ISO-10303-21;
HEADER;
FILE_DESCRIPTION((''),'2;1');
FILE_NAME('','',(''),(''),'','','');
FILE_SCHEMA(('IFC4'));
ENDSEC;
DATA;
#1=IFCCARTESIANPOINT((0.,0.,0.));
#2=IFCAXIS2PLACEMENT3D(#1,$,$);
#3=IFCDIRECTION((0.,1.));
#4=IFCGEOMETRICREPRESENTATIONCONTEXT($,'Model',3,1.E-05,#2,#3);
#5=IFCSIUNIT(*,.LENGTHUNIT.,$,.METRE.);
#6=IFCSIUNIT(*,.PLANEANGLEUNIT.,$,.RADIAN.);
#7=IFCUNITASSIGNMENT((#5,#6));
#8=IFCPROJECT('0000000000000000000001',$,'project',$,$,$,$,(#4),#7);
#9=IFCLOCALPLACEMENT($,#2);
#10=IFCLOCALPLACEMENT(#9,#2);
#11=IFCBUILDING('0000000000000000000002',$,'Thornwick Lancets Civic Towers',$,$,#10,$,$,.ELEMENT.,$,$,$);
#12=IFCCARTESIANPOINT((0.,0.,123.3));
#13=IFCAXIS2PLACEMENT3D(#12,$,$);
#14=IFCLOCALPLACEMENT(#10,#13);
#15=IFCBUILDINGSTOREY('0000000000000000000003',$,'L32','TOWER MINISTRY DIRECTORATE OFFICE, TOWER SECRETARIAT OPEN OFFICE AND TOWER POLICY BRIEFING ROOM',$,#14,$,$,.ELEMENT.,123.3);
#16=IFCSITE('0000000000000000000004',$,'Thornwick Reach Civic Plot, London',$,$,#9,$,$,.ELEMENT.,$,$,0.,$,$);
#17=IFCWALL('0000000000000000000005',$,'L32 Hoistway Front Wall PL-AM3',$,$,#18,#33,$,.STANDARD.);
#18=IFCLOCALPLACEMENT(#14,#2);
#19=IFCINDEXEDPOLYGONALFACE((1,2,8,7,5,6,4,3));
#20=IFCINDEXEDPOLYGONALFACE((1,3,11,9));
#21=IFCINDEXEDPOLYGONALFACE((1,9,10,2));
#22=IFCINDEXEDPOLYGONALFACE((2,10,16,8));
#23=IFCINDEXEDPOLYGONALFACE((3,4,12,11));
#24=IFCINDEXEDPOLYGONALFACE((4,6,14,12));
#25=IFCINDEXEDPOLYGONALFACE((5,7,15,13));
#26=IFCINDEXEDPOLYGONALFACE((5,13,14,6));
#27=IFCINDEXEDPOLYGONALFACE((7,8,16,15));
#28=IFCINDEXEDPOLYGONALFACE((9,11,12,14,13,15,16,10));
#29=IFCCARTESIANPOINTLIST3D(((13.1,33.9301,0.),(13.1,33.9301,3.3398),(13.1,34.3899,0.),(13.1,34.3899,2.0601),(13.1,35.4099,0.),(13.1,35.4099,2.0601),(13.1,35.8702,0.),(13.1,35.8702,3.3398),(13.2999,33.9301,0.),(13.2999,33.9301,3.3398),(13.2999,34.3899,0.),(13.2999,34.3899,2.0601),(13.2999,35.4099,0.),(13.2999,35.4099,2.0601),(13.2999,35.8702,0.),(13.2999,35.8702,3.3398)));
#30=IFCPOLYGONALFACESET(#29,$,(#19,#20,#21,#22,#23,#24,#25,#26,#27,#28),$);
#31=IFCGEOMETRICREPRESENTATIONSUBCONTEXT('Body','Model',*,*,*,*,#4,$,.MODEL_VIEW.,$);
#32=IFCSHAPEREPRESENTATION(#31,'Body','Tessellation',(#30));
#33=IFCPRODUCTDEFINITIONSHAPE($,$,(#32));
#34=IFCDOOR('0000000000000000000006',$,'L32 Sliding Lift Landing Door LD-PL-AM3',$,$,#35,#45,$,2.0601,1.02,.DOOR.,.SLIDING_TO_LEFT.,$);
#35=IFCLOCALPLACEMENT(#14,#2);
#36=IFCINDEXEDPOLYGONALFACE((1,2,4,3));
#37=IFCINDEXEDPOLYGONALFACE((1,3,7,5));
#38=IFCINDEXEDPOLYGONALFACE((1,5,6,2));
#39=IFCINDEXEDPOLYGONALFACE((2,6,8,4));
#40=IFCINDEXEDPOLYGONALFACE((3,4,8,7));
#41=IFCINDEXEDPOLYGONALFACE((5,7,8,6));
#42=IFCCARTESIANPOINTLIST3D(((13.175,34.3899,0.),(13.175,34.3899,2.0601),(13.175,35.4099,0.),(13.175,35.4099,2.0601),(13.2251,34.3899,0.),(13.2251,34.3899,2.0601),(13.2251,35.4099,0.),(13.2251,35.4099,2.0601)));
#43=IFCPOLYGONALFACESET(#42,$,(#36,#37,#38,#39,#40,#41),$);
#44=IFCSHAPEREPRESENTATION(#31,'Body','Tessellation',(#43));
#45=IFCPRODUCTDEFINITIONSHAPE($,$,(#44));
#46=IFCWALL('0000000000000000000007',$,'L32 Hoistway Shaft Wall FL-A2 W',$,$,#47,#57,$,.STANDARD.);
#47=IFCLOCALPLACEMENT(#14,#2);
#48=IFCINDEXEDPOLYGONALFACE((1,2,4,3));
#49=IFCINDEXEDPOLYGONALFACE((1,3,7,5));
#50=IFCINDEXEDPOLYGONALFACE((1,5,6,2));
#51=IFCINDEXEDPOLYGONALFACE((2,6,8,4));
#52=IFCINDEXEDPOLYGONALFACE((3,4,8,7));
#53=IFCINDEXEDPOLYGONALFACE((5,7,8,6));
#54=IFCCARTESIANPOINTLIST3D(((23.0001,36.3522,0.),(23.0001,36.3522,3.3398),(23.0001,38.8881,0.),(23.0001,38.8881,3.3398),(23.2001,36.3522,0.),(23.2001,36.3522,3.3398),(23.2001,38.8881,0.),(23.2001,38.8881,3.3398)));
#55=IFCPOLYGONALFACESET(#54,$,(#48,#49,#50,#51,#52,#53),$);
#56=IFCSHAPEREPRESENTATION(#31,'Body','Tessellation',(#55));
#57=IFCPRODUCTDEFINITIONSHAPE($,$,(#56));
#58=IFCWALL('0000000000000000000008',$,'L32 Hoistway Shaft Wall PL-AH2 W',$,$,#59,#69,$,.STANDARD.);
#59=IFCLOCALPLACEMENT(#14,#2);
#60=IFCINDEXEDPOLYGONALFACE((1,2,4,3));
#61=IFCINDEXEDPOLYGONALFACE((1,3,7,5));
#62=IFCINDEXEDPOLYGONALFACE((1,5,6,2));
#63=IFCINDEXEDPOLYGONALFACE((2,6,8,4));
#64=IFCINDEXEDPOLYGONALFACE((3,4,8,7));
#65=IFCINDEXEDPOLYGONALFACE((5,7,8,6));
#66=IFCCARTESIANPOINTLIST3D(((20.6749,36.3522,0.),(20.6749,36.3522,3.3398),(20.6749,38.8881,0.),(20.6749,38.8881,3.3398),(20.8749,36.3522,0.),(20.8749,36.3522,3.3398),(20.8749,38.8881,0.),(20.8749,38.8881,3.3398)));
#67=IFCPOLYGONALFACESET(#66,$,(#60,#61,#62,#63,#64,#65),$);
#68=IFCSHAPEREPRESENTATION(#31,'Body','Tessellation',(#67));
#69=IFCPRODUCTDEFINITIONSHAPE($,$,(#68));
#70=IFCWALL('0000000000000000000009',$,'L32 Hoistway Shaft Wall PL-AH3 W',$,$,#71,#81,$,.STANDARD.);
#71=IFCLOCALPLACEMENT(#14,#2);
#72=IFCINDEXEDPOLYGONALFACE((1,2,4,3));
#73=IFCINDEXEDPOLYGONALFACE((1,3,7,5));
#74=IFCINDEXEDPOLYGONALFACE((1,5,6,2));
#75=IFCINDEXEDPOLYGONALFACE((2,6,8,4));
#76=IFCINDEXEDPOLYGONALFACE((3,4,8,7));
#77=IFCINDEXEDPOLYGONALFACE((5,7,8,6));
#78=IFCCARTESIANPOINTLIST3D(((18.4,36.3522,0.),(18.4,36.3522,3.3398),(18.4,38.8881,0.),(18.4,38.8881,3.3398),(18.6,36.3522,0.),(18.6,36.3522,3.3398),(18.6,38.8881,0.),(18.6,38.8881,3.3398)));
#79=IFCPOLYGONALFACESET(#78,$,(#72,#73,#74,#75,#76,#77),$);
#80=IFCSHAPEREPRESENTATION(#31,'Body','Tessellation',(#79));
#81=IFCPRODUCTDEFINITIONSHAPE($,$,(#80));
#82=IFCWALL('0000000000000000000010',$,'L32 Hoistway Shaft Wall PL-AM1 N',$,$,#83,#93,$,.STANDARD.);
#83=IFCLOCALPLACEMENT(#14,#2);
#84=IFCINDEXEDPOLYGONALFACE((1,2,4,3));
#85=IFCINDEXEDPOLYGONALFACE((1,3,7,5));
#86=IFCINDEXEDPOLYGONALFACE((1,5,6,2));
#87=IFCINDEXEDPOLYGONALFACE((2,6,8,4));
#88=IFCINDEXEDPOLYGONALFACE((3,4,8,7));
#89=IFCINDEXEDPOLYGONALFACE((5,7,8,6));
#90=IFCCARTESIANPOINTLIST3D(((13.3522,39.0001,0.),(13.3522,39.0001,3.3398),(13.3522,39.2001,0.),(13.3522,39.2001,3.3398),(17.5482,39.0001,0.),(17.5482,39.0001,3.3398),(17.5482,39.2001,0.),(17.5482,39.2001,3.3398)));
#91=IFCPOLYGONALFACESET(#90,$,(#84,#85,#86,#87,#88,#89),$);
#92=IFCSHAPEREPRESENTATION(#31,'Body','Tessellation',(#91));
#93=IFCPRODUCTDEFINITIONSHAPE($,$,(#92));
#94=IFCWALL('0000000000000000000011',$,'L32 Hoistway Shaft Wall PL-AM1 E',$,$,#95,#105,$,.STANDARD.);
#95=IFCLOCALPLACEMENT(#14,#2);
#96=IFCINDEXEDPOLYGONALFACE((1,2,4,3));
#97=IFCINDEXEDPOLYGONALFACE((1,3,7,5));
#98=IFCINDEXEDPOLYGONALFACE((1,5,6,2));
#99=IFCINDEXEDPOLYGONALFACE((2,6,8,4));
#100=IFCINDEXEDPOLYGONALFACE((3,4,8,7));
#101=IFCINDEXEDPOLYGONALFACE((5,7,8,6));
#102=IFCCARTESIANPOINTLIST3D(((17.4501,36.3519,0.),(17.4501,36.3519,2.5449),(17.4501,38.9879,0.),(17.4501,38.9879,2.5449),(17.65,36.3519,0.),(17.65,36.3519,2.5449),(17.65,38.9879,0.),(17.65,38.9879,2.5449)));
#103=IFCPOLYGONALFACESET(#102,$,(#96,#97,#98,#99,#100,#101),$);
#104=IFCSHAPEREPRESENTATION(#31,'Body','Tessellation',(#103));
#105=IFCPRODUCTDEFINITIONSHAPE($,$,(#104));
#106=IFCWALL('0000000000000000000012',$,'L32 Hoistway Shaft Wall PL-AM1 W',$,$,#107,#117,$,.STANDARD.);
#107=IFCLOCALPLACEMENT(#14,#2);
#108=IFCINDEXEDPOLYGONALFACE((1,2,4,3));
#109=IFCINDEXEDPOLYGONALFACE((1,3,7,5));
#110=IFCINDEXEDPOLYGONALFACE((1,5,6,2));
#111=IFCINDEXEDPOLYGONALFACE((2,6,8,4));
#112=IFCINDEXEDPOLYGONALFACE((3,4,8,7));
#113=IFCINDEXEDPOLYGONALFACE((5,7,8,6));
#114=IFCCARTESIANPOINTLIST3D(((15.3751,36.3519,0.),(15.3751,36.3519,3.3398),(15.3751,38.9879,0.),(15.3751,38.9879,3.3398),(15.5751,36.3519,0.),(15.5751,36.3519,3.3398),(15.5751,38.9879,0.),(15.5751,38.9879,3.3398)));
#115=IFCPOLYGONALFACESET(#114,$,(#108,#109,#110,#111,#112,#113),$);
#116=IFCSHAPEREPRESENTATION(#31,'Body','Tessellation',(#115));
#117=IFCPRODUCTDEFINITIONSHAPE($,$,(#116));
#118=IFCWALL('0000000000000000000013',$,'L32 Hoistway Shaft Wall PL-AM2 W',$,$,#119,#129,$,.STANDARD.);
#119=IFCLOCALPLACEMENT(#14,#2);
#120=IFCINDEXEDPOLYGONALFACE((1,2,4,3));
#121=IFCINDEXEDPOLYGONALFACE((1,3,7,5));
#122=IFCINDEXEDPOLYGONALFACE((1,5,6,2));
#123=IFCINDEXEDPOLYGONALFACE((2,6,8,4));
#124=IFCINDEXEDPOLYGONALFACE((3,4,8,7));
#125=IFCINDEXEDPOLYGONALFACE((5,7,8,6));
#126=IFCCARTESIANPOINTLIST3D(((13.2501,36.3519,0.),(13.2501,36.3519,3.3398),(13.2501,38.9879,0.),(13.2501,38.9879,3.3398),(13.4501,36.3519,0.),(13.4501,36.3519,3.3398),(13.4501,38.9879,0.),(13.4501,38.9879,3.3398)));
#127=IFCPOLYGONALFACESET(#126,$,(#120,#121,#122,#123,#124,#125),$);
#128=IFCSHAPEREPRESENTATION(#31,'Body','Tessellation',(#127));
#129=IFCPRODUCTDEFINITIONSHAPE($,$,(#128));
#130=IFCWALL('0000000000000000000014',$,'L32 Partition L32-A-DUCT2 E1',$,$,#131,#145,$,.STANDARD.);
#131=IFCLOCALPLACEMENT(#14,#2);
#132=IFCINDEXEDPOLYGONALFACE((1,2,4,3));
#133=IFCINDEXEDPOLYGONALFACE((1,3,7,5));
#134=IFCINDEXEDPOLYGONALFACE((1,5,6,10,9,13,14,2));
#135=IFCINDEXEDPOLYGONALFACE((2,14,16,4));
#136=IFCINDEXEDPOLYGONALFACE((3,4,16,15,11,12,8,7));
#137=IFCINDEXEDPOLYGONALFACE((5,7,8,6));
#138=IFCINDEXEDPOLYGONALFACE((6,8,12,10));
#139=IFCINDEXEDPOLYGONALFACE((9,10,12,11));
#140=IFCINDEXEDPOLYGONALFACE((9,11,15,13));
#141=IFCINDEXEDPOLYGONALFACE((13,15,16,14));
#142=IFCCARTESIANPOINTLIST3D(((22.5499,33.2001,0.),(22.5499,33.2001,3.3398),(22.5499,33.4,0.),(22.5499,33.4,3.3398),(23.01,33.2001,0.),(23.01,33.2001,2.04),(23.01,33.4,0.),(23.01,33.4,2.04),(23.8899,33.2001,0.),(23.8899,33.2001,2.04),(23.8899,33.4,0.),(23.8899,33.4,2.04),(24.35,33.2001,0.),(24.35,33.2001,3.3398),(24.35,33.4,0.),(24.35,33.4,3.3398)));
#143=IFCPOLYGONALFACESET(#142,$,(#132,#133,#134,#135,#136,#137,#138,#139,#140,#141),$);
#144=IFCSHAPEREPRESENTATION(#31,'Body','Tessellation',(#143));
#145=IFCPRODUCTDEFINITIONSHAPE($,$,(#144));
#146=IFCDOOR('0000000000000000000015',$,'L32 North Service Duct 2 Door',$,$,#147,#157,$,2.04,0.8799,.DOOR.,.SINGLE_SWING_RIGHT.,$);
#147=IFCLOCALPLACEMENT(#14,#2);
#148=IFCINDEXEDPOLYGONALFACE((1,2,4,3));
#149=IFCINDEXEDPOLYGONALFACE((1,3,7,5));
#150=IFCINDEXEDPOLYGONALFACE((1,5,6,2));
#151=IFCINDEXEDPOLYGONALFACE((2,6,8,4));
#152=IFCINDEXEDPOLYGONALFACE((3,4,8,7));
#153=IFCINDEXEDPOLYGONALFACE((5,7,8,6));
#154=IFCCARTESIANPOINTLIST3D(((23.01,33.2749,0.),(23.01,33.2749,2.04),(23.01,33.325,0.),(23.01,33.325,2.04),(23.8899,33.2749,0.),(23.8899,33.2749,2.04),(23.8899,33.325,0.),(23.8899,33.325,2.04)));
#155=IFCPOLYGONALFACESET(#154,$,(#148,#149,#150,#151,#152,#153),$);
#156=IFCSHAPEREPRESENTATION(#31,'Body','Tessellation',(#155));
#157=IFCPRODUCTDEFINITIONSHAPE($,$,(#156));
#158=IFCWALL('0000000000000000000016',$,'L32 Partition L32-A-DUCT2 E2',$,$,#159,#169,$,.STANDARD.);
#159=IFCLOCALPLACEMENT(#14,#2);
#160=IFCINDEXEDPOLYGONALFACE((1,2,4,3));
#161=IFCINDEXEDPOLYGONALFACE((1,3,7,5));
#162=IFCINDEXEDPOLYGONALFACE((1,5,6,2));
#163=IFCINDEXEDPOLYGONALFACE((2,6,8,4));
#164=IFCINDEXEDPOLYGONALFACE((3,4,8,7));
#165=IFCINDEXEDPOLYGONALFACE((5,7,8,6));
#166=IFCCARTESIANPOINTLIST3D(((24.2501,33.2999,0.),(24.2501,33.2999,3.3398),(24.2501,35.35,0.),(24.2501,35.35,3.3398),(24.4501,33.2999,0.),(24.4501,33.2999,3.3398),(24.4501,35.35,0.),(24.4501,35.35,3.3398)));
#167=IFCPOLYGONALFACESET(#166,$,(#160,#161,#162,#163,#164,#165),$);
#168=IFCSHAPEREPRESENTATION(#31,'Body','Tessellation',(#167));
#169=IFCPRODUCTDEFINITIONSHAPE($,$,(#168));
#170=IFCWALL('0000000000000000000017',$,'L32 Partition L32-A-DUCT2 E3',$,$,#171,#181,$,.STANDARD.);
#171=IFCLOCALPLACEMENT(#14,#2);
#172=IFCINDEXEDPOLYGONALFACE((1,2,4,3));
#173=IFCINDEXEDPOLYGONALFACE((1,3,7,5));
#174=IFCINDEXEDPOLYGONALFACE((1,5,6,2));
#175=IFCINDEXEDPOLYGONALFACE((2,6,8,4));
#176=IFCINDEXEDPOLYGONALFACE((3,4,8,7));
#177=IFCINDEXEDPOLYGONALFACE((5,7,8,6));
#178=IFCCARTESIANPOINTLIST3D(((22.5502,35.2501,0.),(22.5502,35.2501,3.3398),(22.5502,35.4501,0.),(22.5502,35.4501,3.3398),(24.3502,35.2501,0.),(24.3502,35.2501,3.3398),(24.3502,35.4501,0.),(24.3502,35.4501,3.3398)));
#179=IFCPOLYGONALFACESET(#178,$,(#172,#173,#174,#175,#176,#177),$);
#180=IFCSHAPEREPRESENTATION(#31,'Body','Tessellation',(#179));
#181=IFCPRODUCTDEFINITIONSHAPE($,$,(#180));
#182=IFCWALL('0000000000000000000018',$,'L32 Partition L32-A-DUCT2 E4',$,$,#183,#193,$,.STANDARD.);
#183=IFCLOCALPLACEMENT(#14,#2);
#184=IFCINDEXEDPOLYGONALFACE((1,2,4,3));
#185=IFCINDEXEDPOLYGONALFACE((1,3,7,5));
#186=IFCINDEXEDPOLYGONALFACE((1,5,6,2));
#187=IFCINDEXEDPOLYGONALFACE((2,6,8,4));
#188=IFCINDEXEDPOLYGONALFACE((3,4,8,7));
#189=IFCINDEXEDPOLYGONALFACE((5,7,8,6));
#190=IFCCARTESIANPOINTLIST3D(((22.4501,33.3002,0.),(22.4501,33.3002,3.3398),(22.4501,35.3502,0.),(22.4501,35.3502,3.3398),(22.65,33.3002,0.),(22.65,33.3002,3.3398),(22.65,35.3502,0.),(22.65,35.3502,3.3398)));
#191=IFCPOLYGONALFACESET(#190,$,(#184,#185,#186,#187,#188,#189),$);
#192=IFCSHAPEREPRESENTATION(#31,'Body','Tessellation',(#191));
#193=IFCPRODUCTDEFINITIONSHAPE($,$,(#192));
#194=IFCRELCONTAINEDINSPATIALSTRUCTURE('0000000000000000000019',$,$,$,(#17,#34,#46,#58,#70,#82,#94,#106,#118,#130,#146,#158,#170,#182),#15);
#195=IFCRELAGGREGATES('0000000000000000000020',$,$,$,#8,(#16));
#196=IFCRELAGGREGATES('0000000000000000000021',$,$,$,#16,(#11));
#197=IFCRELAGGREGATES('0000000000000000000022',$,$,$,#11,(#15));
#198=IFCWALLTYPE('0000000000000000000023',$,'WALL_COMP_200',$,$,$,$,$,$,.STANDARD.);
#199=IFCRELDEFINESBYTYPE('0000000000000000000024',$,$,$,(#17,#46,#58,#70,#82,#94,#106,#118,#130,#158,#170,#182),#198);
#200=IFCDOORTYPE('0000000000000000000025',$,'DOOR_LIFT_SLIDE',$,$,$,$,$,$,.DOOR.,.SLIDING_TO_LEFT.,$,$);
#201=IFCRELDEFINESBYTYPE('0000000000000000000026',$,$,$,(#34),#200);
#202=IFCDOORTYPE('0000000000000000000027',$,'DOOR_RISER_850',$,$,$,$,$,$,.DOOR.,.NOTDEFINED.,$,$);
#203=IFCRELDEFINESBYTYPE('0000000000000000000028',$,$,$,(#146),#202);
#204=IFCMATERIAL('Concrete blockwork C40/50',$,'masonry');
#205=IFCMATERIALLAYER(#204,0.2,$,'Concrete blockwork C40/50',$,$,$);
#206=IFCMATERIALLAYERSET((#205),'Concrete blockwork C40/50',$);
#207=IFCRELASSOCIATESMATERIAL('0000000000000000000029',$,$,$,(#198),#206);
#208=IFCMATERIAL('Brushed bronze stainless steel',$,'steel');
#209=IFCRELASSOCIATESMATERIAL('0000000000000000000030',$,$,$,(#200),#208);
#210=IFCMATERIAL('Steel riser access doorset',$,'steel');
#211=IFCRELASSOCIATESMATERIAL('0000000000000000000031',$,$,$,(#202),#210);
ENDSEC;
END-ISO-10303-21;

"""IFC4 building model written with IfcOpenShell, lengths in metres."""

from ifc_helpers import new_model, si_unit, direction, frame, frame_2d, origin, place, context, subcontext, project, spatial, rectangle, extrude, material, layer, layer_set, type_object, element, fill, save


model = new_model("IFC4")

# Units and contexts
model_context = context("Model", 3, precision=1e-05, world=origin(), true_north=direction((0.0, 1.0)))
body_context = subcontext(model_context, "Body", "Model", "MODEL_VIEW")
ifc_project = project(units=[si_unit("LENGTHUNIT", "METRE"), si_unit("PLANEANGLEUNIT", "RADIAN")], contexts=[model_context])

# Site, building, storey
site_placement = place(None, origin())
site = spatial("IfcSite", under=ifc_project, at=site_placement, Name="Thornwick Reach Civic Plot, London", CompositionType="ELEMENT", RefElevation=0.0)
building_placement = place(site_placement, origin())
building = spatial("IfcBuilding", under=site, at=building_placement, Name="Thornwick Lancets Civic Towers", CompositionType="ELEMENT")
storey_placement = place(building_placement, frame((0.0, 0.0, 123.3)))
storey = spatial("IfcBuildingStorey", under=building, at=storey_placement, Name="L32", Description="TOWER MINISTRY DIRECTORATE OFFICE, TOWER SECRETARIAT OPEN OFFICE AND TOWER POLICY BRIEFING ROOM", CompositionType="ELEMENT", Elevation=123.3)

# Shared definitions
ifc_material_1 = material(Name="Concrete blockwork C40/50", Category="masonry")
ifc_layer_1 = layer(ifc_material_1, 0.2, Name="Concrete blockwork C40/50")
ifc_layer_set_1 = layer_set([ifc_layer_1], Name="Concrete blockwork C40/50")
wall_type_1 = type_object("IfcWallType", Name="WALL_COMP_200", PredefinedType="STANDARD", material=ifc_layer_set_1)

# Wall, opening, door
ifc_material_2 = material(Name="Brushed bronze stainless steel", Category="steel")
door_type_1 = type_object("IfcDoorType", Name="DOOR_LIFT_SLIDE", OperationType="SLIDING_TO_LEFT", PredefinedType="DOOR", material=ifc_material_2)
wall_1_placement = place(storey_placement, frame((13.2, 33.9299, 0.0), z_axis=(0.0, 0.0, 1.0), x_axis=(0.0, 1.0, 0.0)))
wall_1 = element("IfcWall", 1, at=wall_1_placement, inside=storey, type_object=wall_type_1, Name="L32 Hoistway Front Wall PL-AM3", PredefinedType="STANDARD", context=body_context, shape_type="SweptSolid", body=[
    extrude(rectangle(XDim=1.9402, YDim=0.2, at=frame_2d((0.9702, 0.0))), origin(), (0.0, 0.0, 1.0), 3.3398),
])
opening_1_placement = place(wall_1_placement, frame((0.46, 0.0, 0.0)))
opening_1 = element("IfcOpeningElement", 2, at=opening_1_placement, cuts=wall_1, PredefinedType="OPENING", context=body_context, shape_type="SweptSolid", body=[
    extrude(rectangle(XDim=1.02, YDim=2.0601, at=frame_2d((0.51, 1.03))), frame((0.0, 0.1099, 0.0), z_axis=(0.0, -1.0, 0.0), x_axis=(1.0, 0.0, 0.0)), (0.0, 0.0, 1.0), 0.22),
])
door_1_placement = place(opening_1_placement, origin())
door_1 = element("IfcDoor", 3, at=door_1_placement, inside=storey, type_object=door_type_1, Name="L32 Sliding Lift Landing Door LD-PL-AM3", OperationType="SLIDING_TO_LEFT", OverallHeight=2.0601, OverallWidth=1.02, PredefinedType="DOOR", context=body_context, shape_type="SweptSolid", body=[
    extrude(rectangle(XDim=1.02, YDim=2.0601, at=frame_2d((0.51, 1.03))), frame((0.0, 0.0249, 0.0), z_axis=(0.0, -1.0, 0.0), x_axis=(1.0, 0.0, 0.0)), (0.0, 0.0, 1.0), 0.05),
])
fill(opening_1, door_1)

# Walls
for number, where, z_axis, x_axis, name in (
    (4, (23.1001, 36.3521, 0.0), (0.0, 0.0, 1.0), (0.0, 1.0, 0.0), "L32 Hoistway Shaft Wall FL-A2 W"),
    (5, (20.7749, 36.3521, 0.0), (0.0, 0.0, 1.0), (0.0, 1.0, 0.0), "L32 Hoistway Shaft Wall PL-AH2 W"),
    (6, (18.5, 36.3521, 0.0), (0.0, 0.0, 1.0), (0.0, 1.0, 0.0), "L32 Hoistway Shaft Wall PL-AH3 W"),
):
    element("IfcWall", number, at=place(storey_placement, frame(where, z_axis=z_axis, x_axis=x_axis)), inside=storey, type_object=wall_type_1, Name=name, PredefinedType="STANDARD", context=body_context, shape_type="SweptSolid", body=[
        extrude(rectangle(XDim=2.5359, YDim=0.2, at=frame_2d((1.2681, 0.0))), origin(), (0.0, 0.0, 1.0), 3.3398),
    ])
wall_2_placement = place(storey_placement, frame((13.3521, 39.1001, 0.0), z_axis=(0.0, 0.0, 1.0), x_axis=(1.0, 0.0, 0.0)))
element("IfcWall", 7, at=wall_2_placement, inside=storey, type_object=wall_type_1, Name="L32 Hoistway Shaft Wall PL-AM1 N", PredefinedType="STANDARD", context=body_context, shape_type="SweptSolid", body=[
    extrude(rectangle(XDim=4.196, YDim=0.2, at=frame_2d((2.0981, 0.0))), origin(), (0.0, 0.0, 1.0), 3.3398),
])
wall_3_placement = place(storey_placement, frame((17.55, 36.3521, 0.0), z_axis=(0.0, 0.0, 1.0), x_axis=(0.0, 1.0, 0.0)))
element("IfcWall", 8, at=wall_3_placement, inside=storey, type_object=wall_type_1, Name="L32 Hoistway Shaft Wall PL-AM1 E", PredefinedType="STANDARD", context=body_context, shape_type="SweptSolid", body=[
    extrude(rectangle(XDim=2.636, YDim=0.2, at=frame_2d((1.3179, 0.0))), origin(), (0.0, 0.0, 1.0), 2.5449),
])
for number, where, z_axis, x_axis, name in (
    (9, (15.4751, 36.3521, 0.0), (0.0, 0.0, 1.0), (0.0, 1.0, 0.0), "L32 Hoistway Shaft Wall PL-AM1 W"),
    (10, (13.3501, 36.3521, 0.0), (0.0, 0.0, 1.0), (0.0, 1.0, 0.0), "L32 Hoistway Shaft Wall PL-AM2 W"),
):
    element("IfcWall", number, at=place(storey_placement, frame(where, z_axis=z_axis, x_axis=x_axis)), inside=storey, type_object=wall_type_1, Name=name, PredefinedType="STANDARD", context=body_context, shape_type="SweptSolid", body=[
        extrude(rectangle(XDim=2.636, YDim=0.2, at=frame_2d((1.3179, 0.0))), origin(), (0.0, 0.0, 1.0), 3.3398),
    ])

# Wall, opening, door
wall_4_placement = place(storey_placement, frame((22.55, 33.3, 0.0), z_axis=(0.0, 0.0, 1.0), x_axis=(1.0, 0.0, 0.0)))
wall_4 = element("IfcWall", 11, at=wall_4_placement, inside=storey, type_object=wall_type_1, Name="L32 Partition L32-A-DUCT2 E1", PredefinedType="STANDARD", context=body_context, shape_type="SweptSolid", body=[
    extrude(rectangle(XDim=1.8, YDim=0.2, at=frame_2d((0.8999, 0.0))), origin(), (0.0, 0.0, 1.0), 3.3398),
])
opening_2_placement = place(wall_4_placement, frame((0.46, 0.0, 0.0)))
opening_2 = element("IfcOpeningElement", 12, at=opening_2_placement, cuts=wall_4, PredefinedType="OPENING", context=body_context, shape_type="SweptSolid", body=[
    extrude(rectangle(XDim=0.8799, YDim=2.04, at=frame_2d((0.4399, 1.02))), frame((0.0, 0.1099, 0.0), z_axis=(0.0, -1.0, 0.0), x_axis=(1.0, 0.0, 0.0)), (0.0, 0.0, 1.0), 0.22),
])
ifc_material_3 = material(Name="Steel riser access doorset", Category="steel")
door_type_2 = type_object("IfcDoorType", Name="DOOR_RISER_850", OperationType="NOTDEFINED", PredefinedType="DOOR", material=ifc_material_3)
door_2_placement = place(opening_2_placement, origin())
door_2 = element("IfcDoor", 13, at=door_2_placement, inside=storey, type_object=door_type_2, Name="L32 North Service Duct 2 Door", OperationType="SINGLE_SWING_RIGHT", OverallHeight=2.04, OverallWidth=0.8799, PredefinedType="DOOR", context=body_context, shape_type="SweptSolid", body=[
    extrude(rectangle(XDim=0.8799, YDim=2.04, at=frame_2d((0.4399, 1.02))), frame((0.0, 0.0249, 0.0), z_axis=(0.0, -1.0, 0.0), x_axis=(1.0, 0.0, 0.0)), (0.0, 0.0, 1.0), 0.05),
])
fill(opening_2, door_2)

# Walls
wall_5_placement = place(storey_placement, frame((24.3501, 33.3, 0.0), z_axis=(0.0, 0.0, 1.0), x_axis=(0.0, 1.0, 0.0)))
element("IfcWall", 14, at=wall_5_placement, inside=storey, type_object=wall_type_1, Name="L32 Partition L32-A-DUCT2 E2", PredefinedType="STANDARD", context=body_context, shape_type="SweptSolid", body=[
    extrude(rectangle(XDim=2.05, YDim=0.2, at=frame_2d((1.0249, 0.0))), origin(), (0.0, 0.0, 1.0), 3.3398),
])
wall_6_placement = place(storey_placement, frame((24.3501, 35.3501, 0.0), z_axis=(0.0, 0.0, 1.0), x_axis=(-1.0, 0.0, 0.0)))
element("IfcWall", 15, at=wall_6_placement, inside=storey, type_object=wall_type_1, Name="L32 Partition L32-A-DUCT2 E3", PredefinedType="STANDARD", context=body_context, shape_type="SweptSolid", body=[
    extrude(rectangle(XDim=1.8, YDim=0.2, at=frame_2d((0.8999, 0.0))), origin(), (0.0, 0.0, 1.0), 3.3398),
])
wall_7_placement = place(storey_placement, frame((22.55, 35.3501, 0.0), z_axis=(0.0, 0.0, 1.0), x_axis=(0.0, -1.0, 0.0)))
element("IfcWall", 16, at=wall_7_placement, inside=storey, type_object=wall_type_1, Name="L32 Partition L32-A-DUCT2 E4", PredefinedType="STANDARD", context=body_context, shape_type="SweptSolid", body=[
    extrude(rectangle(XDim=2.05, YDim=0.2, at=frame_2d((1.0249, 0.0))), origin(), (0.0, 0.0, 1.0), 3.3398),
])

save(model, "model.ifc")
